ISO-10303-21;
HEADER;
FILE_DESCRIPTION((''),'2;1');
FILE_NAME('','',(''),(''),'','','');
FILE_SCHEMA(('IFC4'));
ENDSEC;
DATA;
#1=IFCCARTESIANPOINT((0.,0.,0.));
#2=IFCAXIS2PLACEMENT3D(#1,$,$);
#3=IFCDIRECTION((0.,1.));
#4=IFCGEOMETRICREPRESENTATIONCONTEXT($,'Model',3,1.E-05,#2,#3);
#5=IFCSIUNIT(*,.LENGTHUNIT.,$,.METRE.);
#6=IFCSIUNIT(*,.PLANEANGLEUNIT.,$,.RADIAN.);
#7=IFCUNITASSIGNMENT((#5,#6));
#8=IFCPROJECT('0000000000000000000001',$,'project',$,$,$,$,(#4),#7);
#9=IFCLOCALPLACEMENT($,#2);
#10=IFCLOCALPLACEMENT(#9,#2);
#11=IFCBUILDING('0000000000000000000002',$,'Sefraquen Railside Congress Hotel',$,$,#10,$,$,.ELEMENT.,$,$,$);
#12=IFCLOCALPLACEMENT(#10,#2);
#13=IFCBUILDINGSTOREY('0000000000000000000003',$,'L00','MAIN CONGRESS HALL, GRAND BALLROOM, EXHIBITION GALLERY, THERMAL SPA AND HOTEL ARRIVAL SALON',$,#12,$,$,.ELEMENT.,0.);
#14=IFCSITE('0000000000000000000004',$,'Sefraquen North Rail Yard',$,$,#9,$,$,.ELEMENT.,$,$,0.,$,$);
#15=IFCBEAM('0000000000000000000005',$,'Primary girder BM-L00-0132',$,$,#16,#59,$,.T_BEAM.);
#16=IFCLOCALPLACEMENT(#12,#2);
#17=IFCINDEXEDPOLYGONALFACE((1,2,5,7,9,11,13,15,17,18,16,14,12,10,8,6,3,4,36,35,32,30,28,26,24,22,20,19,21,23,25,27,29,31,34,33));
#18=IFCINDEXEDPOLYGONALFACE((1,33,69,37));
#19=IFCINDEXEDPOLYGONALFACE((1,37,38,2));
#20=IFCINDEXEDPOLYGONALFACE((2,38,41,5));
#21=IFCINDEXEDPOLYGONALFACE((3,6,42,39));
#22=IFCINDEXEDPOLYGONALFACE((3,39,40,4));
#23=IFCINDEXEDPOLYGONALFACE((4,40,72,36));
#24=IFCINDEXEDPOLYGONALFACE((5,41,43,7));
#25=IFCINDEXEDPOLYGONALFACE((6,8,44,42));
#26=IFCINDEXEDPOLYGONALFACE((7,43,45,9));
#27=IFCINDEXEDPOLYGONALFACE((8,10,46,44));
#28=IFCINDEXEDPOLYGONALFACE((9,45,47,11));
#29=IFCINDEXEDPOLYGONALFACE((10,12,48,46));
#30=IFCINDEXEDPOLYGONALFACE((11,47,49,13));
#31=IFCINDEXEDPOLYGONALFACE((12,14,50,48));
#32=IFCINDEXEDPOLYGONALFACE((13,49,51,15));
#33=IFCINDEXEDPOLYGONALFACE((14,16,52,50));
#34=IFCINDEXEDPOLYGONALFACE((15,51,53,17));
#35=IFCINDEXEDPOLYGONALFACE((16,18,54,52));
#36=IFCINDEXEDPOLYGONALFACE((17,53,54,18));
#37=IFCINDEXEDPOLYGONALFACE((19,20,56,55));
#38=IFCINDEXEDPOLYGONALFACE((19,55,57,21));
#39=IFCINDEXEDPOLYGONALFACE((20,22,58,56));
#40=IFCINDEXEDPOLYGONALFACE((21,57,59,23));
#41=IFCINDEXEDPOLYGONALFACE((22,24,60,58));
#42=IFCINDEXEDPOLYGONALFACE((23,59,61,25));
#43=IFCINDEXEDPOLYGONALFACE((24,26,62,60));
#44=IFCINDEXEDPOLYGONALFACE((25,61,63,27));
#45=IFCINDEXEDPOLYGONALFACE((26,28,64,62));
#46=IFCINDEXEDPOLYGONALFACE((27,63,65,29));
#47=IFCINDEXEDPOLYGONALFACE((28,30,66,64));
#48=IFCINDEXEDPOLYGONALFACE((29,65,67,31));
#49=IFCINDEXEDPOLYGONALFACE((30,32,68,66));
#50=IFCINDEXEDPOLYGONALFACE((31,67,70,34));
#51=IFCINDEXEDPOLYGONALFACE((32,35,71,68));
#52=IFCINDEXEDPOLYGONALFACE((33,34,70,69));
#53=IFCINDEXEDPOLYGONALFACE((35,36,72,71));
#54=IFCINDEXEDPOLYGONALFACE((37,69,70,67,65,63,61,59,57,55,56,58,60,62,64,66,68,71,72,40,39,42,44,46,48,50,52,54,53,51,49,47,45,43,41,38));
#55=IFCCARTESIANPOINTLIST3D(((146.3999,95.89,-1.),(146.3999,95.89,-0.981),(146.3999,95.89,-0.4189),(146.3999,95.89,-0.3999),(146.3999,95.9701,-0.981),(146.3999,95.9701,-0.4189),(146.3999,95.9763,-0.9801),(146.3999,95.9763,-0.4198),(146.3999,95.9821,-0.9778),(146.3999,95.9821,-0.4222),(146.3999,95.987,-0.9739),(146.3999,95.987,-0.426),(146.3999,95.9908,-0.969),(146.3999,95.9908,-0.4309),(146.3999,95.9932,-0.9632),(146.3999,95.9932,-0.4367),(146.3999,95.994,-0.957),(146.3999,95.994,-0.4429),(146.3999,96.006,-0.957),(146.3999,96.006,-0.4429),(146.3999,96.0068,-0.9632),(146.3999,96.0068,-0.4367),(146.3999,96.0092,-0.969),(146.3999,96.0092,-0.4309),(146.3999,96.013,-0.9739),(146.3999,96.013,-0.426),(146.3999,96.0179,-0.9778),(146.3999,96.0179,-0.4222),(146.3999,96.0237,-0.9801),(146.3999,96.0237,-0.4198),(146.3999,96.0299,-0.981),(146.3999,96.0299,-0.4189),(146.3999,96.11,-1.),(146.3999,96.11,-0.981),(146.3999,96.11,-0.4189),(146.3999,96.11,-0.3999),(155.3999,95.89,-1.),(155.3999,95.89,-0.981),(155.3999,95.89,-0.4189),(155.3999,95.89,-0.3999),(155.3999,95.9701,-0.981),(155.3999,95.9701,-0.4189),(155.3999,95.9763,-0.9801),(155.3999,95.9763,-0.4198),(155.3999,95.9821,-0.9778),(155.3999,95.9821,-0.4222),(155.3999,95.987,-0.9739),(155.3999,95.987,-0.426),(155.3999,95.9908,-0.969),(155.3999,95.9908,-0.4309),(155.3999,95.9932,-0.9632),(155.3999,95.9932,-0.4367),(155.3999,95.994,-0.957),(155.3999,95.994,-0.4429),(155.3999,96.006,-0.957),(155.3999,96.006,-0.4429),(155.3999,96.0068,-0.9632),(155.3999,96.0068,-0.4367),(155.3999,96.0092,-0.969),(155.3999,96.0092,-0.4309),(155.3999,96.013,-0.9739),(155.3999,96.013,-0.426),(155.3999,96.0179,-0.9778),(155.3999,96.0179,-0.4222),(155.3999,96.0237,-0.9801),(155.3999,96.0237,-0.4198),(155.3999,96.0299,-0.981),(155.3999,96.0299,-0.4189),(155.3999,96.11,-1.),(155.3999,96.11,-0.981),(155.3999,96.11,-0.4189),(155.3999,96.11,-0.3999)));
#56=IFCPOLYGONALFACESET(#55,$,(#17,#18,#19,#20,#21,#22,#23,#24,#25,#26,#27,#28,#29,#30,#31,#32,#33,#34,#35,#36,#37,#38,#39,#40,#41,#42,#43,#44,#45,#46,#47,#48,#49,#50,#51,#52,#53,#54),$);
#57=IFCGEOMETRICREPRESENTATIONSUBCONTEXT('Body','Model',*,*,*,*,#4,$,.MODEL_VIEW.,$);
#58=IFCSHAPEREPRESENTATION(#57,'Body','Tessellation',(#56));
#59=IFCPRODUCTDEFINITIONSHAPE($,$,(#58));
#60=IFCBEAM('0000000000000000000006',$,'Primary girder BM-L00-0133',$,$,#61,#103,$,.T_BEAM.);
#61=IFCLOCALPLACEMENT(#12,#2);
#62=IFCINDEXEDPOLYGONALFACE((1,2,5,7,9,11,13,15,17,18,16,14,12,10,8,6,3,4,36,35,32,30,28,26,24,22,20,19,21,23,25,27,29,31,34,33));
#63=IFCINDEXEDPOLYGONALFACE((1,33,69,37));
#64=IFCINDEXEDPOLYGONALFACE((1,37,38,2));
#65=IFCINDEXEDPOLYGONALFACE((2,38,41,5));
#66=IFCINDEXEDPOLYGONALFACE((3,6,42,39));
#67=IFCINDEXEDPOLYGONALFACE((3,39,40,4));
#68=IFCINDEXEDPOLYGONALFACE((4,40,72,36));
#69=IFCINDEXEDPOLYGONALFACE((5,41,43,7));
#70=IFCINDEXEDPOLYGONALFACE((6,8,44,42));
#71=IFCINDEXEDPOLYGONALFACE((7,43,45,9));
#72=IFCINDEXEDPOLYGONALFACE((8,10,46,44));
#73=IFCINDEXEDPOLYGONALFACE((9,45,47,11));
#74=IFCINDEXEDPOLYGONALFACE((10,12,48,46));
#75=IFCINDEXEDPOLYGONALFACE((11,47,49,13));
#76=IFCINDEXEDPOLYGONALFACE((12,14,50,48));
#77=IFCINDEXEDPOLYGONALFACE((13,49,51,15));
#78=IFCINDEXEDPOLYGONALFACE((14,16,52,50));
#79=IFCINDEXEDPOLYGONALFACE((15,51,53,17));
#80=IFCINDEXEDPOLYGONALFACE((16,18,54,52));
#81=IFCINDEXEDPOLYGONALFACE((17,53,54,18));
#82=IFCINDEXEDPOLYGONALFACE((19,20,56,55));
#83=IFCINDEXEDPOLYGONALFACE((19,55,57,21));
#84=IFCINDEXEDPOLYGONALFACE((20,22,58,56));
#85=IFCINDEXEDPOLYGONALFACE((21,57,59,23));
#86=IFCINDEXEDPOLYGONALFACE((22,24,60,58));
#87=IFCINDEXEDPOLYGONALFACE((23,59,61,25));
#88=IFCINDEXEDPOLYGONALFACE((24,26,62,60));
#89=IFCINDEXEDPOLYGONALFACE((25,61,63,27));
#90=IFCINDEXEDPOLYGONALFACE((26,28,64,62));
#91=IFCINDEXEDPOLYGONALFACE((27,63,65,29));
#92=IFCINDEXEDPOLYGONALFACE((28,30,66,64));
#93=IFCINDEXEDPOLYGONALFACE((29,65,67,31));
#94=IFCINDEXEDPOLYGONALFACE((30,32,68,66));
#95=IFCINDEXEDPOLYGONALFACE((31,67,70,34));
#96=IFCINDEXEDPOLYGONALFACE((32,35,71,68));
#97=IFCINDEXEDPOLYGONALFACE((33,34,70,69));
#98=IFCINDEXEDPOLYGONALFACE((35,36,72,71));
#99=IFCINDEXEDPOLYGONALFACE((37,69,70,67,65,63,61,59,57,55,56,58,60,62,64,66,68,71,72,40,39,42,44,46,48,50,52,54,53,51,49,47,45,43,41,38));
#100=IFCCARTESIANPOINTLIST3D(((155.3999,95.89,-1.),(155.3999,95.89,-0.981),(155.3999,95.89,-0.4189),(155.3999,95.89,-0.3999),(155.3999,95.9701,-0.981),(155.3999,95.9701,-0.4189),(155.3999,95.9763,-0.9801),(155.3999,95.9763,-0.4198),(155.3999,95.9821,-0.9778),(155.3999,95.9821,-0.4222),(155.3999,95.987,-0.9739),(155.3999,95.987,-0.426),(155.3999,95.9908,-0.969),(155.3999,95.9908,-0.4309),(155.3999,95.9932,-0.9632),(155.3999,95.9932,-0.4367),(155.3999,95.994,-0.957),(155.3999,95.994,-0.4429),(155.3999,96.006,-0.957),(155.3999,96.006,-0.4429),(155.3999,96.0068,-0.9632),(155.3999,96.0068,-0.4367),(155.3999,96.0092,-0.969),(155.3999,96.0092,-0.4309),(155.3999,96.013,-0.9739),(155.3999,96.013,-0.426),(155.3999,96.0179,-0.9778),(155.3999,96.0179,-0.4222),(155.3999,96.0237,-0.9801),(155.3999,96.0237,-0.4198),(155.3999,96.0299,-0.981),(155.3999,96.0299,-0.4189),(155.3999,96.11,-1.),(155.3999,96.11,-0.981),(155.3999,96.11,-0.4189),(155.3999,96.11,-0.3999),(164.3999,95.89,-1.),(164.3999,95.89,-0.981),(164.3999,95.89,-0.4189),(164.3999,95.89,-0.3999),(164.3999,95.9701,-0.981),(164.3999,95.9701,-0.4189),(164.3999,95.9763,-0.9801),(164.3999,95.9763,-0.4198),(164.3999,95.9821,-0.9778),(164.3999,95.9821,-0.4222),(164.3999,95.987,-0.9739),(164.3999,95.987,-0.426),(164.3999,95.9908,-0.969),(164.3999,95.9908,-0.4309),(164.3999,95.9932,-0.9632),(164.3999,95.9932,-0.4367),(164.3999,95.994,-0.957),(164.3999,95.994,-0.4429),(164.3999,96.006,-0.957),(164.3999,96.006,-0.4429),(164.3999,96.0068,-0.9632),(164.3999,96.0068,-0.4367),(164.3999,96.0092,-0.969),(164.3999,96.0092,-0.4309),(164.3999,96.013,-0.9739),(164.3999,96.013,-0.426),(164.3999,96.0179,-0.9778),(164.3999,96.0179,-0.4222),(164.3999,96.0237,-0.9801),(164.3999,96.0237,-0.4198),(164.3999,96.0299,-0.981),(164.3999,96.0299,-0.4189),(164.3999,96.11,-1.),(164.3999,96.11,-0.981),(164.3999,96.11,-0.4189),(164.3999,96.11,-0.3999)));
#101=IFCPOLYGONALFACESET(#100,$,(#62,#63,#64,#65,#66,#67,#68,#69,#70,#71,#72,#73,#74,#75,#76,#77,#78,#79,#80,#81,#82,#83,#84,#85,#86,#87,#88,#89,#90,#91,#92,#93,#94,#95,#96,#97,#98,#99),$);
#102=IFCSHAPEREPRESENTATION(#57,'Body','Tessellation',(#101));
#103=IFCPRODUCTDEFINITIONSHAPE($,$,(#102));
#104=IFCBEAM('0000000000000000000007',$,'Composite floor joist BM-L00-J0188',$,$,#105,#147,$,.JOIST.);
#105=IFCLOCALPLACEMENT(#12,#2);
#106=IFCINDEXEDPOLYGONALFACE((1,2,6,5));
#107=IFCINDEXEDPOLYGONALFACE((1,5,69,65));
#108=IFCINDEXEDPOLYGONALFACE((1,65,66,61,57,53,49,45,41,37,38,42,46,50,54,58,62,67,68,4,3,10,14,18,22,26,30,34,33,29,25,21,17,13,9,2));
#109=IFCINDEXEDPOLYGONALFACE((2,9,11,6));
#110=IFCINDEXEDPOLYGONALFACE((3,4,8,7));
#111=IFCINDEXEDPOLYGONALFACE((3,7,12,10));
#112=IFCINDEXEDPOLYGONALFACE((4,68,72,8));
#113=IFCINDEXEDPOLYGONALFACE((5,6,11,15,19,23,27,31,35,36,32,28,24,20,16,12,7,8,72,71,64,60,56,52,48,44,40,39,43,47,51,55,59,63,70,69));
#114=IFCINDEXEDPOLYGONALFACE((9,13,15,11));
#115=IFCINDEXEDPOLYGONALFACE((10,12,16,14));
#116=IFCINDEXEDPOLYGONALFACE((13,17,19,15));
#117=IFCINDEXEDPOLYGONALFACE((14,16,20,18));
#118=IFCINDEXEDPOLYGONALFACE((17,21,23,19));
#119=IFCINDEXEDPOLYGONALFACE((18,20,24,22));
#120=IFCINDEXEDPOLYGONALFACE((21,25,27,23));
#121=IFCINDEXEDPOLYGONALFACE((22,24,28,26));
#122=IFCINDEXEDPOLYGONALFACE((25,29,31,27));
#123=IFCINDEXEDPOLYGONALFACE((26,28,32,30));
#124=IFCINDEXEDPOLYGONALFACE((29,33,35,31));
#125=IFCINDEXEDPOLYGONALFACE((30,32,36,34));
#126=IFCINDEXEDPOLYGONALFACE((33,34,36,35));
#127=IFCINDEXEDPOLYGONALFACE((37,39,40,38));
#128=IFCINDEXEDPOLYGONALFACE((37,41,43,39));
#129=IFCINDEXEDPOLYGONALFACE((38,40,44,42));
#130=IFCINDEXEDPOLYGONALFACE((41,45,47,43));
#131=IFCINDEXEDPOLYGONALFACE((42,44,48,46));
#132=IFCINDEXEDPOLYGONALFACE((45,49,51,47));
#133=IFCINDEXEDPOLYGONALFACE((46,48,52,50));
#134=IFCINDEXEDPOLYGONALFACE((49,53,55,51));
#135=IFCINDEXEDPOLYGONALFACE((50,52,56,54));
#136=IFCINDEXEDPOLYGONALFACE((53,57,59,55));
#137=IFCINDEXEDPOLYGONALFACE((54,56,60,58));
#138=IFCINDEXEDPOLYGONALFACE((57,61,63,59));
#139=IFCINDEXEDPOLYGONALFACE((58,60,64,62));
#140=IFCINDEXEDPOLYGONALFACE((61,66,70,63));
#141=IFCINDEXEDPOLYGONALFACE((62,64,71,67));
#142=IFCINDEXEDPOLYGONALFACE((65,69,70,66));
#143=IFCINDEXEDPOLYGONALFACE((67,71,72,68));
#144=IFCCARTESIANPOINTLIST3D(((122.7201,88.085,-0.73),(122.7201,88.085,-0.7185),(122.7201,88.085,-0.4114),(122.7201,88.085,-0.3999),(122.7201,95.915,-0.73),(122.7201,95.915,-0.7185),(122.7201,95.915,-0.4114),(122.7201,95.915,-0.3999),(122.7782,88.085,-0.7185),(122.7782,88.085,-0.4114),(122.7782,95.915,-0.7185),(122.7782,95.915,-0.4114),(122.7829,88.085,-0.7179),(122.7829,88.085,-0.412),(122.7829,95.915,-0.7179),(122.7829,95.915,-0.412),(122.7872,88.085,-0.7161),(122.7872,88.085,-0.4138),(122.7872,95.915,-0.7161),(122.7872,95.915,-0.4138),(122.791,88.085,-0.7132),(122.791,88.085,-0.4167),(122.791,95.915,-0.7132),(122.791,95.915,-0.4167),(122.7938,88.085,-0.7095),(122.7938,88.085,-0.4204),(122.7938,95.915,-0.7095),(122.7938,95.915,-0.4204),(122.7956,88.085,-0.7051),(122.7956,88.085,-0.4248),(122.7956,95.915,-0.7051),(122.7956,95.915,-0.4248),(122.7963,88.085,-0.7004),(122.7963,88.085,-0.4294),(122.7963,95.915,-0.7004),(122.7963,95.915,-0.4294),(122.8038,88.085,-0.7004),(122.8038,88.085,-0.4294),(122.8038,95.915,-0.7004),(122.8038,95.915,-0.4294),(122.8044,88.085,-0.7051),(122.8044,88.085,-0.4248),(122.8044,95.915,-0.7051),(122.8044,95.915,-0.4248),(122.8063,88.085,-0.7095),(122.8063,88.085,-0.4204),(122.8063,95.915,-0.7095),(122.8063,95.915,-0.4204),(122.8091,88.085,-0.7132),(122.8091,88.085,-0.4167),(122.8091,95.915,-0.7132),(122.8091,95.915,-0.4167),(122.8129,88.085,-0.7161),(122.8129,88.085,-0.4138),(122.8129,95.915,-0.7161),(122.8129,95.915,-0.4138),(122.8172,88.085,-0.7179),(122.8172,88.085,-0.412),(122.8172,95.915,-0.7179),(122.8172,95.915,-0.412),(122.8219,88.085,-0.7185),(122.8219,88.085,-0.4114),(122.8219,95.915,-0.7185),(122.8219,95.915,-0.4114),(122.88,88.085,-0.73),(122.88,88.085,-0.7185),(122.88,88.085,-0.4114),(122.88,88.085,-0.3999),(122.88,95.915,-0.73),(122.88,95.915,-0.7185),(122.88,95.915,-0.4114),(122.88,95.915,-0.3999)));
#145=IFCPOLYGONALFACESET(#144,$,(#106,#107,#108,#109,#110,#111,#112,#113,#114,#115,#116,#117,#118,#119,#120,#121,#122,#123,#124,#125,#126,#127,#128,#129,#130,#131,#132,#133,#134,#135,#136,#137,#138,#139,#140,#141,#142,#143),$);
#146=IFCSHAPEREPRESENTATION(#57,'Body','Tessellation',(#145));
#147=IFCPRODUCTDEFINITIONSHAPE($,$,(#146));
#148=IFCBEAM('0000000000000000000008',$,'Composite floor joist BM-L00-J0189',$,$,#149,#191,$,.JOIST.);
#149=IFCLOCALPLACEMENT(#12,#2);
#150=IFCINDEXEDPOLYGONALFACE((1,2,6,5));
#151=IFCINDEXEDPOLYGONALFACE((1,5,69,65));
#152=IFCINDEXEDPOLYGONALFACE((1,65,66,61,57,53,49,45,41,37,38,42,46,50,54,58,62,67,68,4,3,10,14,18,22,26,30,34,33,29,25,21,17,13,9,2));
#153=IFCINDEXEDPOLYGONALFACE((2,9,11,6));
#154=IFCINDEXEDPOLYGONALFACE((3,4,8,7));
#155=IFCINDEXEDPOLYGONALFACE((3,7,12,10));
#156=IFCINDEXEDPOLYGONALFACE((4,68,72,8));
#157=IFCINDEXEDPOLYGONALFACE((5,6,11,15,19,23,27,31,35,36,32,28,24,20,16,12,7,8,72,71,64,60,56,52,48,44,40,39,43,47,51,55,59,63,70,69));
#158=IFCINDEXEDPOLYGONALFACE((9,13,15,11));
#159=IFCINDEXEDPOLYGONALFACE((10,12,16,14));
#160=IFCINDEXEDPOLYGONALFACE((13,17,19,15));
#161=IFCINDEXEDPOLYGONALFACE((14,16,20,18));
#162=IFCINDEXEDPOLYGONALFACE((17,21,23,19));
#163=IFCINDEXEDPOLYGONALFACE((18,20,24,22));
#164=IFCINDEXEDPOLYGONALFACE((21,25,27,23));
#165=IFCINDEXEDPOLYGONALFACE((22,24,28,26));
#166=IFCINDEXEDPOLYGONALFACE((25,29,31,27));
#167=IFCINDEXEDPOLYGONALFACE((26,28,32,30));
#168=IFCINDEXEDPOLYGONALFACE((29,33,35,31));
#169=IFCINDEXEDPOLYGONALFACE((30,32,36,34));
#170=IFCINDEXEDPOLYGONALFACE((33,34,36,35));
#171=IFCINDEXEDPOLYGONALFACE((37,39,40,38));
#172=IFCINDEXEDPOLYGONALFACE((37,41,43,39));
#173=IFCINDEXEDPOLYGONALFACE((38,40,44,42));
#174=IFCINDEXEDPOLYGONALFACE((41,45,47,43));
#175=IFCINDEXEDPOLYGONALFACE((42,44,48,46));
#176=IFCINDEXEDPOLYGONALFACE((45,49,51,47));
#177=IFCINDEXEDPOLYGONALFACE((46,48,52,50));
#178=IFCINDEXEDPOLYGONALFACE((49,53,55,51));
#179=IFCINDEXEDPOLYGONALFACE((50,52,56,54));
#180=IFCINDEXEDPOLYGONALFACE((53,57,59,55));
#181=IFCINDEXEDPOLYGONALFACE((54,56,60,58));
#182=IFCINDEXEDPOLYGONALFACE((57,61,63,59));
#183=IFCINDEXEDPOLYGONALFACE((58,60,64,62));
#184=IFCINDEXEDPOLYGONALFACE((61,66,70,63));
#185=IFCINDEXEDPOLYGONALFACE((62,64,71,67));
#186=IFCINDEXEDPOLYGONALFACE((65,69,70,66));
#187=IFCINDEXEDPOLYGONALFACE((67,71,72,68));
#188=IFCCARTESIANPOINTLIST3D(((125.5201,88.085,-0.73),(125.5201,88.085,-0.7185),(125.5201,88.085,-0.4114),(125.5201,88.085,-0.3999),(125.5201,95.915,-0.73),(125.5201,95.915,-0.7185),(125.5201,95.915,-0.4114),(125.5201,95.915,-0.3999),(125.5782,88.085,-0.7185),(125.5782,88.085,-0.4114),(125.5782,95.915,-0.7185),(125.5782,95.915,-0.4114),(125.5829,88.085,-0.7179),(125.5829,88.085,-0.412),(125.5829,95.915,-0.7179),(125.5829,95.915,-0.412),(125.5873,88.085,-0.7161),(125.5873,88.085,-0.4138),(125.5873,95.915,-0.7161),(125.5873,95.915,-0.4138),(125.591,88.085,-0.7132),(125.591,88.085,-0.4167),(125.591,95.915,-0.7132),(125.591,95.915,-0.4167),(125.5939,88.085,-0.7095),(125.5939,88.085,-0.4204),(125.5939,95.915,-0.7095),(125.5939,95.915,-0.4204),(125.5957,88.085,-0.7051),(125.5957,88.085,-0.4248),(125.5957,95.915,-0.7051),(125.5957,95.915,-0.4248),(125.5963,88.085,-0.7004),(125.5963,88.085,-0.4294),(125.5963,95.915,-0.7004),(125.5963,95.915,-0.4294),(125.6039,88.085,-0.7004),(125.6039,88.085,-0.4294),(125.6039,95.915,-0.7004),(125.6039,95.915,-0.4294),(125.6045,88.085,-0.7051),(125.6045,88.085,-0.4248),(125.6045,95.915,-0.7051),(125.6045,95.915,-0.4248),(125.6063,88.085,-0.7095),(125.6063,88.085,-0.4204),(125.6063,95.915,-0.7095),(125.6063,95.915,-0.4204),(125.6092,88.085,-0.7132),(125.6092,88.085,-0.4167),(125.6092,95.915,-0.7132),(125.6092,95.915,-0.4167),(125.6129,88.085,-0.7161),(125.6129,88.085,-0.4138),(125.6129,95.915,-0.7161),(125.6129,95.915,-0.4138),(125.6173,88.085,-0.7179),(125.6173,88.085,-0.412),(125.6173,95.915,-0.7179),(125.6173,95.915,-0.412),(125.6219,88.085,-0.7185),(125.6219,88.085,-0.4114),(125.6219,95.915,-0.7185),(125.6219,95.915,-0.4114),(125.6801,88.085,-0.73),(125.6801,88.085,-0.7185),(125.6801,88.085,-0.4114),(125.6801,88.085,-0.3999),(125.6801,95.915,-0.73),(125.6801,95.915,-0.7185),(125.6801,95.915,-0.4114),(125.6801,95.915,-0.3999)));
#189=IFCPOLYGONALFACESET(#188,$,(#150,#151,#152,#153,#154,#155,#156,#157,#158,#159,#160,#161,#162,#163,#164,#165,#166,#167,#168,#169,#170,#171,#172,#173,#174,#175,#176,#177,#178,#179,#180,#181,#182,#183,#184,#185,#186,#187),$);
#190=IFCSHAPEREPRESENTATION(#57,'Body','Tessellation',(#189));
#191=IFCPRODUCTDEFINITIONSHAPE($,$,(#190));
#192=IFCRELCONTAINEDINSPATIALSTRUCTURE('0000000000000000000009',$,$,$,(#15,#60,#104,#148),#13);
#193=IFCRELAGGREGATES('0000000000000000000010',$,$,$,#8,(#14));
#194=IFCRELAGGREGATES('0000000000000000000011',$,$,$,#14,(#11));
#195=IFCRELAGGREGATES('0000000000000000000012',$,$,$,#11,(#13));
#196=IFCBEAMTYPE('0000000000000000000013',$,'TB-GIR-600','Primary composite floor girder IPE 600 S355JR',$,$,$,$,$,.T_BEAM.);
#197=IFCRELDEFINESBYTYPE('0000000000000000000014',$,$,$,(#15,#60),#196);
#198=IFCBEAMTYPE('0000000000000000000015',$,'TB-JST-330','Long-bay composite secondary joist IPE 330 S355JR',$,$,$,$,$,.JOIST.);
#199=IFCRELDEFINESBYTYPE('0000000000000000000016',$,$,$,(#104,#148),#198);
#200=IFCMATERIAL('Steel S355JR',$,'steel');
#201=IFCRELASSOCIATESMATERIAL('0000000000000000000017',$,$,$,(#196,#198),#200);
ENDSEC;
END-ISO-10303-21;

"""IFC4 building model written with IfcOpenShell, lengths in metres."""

from ifc_helpers import new_model, si_unit, direction, frame, origin, origin_2d, place, context, subcontext, project, spatial, i_section, extrude, material, material_profile, profile_set, type_object, element, save


model = new_model("IFC4")

# Units and contexts
model_context = context("Model", 3, precision=1e-05, world=origin(), true_north=direction((0.0, 1.0)))
body_context = subcontext(model_context, "Body", "Model", "MODEL_VIEW")
ifc_project = project(units=[si_unit("LENGTHUNIT", "METRE"), si_unit("PLANEANGLEUNIT", "RADIAN")], contexts=[model_context])

# Site, building, storey
site_placement = place(None, origin())
site = spatial("IfcSite", under=ifc_project, at=site_placement, Name="Sefraquen North Rail Yard", CompositionType="ELEMENT", RefElevation=0.0)
building_placement = place(site_placement, origin())
building = spatial("IfcBuilding", under=site, at=building_placement, Name="Sefraquen Railside Congress Hotel", CompositionType="ELEMENT")
storey_placement = place(building_placement, origin())
storey = spatial("IfcBuildingStorey", under=building, at=storey_placement, Name="L00", Description="MAIN CONGRESS HALL, GRAND BALLROOM, EXHIBITION GALLERY, THERMAL SPA AND HOTEL ARRIVAL SALON", CompositionType="ELEMENT", Elevation=0.0)

# Shared definitions
ifc_material_1 = material(Name="Steel S355JR", Category="steel")

# Beams
ifc_material_profile_1 = material_profile(ifc_material_1, i_section(OverallWidth=0.22, OverallDepth=0.6001, WebThickness=0.012, FlangeThickness=0.019, FilletRadius=0.0239, at=origin_2d()), Name="IPE 600")
ifc_profile_set_1 = profile_set([ifc_material_profile_1], Name="Steel S355JR")
beam_type_1 = type_object("IfcBeamType", Name="TB-GIR-600", Description="Primary composite floor girder IPE 600 S355JR", PredefinedType="T_BEAM", material=ifc_profile_set_1)
for number, where, z_axis, x_axis, name in (
    (1, (146.3999, 96.0, -0.7), (1.0, 0.0, 0.0), (0.0, 1.0, 0.0), "Primary girder BM-L00-0132"),
    (2, (155.3999, 96.0, -0.7), (1.0, 0.0, 0.0), (0.0, 1.0, 0.0), "Primary girder BM-L00-0133"),
):
    element("IfcBeam", number, at=place(storey_placement, frame(where, z_axis=z_axis, x_axis=x_axis)), inside=storey, type_object=beam_type_1, Name=name, PredefinedType="T_BEAM", context=body_context, shape_type="SweptSolid", body=[
        extrude(i_section(OverallWidth=0.22, OverallDepth=0.6001, WebThickness=0.012, FlangeThickness=0.019, FilletRadius=0.0239, at=origin_2d()), origin(), (0.0, 0.0, 1.0), 9.0),
    ])
ifc_material_profile_2 = material_profile(ifc_material_1, i_section(OverallWidth=0.1599, OverallDepth=0.3301, WebThickness=0.0076, FlangeThickness=0.0115, FilletRadius=0.0181, at=origin_2d()), Name="IPE 330")
ifc_profile_set_2 = profile_set([ifc_material_profile_2], Name="Steel S355JR")
beam_type_2 = type_object("IfcBeamType", Name="TB-JST-330", Description="Long-bay composite secondary joist IPE 330 S355JR", PredefinedType="JOIST", material=ifc_profile_set_2)
for number, where, z_axis, x_axis, name in (
    (3, (122.8, 88.085, -0.5649), (0.0, 1.0, 0.0), (-1.0, 0.0, 0.0), "Composite floor joist BM-L00-J0188"),
    (4, (125.6001, 88.085, -0.5649), (0.0, 1.0, 0.0), (-1.0, 0.0, 0.0), "Composite floor joist BM-L00-J0189"),
):
    element("IfcBeam", number, at=place(storey_placement, frame(where, z_axis=z_axis, x_axis=x_axis)), inside=storey, type_object=beam_type_2, Name=name, PredefinedType="JOIST", context=body_context, shape_type="SweptSolid", body=[
        extrude(i_section(OverallWidth=0.1599, OverallDepth=0.3301, WebThickness=0.0076, FlangeThickness=0.0115, FilletRadius=0.0181, at=origin_2d()), origin(), (0.0, 0.0, 1.0), 7.8301),
    ])

save(model, "model.ifc")
